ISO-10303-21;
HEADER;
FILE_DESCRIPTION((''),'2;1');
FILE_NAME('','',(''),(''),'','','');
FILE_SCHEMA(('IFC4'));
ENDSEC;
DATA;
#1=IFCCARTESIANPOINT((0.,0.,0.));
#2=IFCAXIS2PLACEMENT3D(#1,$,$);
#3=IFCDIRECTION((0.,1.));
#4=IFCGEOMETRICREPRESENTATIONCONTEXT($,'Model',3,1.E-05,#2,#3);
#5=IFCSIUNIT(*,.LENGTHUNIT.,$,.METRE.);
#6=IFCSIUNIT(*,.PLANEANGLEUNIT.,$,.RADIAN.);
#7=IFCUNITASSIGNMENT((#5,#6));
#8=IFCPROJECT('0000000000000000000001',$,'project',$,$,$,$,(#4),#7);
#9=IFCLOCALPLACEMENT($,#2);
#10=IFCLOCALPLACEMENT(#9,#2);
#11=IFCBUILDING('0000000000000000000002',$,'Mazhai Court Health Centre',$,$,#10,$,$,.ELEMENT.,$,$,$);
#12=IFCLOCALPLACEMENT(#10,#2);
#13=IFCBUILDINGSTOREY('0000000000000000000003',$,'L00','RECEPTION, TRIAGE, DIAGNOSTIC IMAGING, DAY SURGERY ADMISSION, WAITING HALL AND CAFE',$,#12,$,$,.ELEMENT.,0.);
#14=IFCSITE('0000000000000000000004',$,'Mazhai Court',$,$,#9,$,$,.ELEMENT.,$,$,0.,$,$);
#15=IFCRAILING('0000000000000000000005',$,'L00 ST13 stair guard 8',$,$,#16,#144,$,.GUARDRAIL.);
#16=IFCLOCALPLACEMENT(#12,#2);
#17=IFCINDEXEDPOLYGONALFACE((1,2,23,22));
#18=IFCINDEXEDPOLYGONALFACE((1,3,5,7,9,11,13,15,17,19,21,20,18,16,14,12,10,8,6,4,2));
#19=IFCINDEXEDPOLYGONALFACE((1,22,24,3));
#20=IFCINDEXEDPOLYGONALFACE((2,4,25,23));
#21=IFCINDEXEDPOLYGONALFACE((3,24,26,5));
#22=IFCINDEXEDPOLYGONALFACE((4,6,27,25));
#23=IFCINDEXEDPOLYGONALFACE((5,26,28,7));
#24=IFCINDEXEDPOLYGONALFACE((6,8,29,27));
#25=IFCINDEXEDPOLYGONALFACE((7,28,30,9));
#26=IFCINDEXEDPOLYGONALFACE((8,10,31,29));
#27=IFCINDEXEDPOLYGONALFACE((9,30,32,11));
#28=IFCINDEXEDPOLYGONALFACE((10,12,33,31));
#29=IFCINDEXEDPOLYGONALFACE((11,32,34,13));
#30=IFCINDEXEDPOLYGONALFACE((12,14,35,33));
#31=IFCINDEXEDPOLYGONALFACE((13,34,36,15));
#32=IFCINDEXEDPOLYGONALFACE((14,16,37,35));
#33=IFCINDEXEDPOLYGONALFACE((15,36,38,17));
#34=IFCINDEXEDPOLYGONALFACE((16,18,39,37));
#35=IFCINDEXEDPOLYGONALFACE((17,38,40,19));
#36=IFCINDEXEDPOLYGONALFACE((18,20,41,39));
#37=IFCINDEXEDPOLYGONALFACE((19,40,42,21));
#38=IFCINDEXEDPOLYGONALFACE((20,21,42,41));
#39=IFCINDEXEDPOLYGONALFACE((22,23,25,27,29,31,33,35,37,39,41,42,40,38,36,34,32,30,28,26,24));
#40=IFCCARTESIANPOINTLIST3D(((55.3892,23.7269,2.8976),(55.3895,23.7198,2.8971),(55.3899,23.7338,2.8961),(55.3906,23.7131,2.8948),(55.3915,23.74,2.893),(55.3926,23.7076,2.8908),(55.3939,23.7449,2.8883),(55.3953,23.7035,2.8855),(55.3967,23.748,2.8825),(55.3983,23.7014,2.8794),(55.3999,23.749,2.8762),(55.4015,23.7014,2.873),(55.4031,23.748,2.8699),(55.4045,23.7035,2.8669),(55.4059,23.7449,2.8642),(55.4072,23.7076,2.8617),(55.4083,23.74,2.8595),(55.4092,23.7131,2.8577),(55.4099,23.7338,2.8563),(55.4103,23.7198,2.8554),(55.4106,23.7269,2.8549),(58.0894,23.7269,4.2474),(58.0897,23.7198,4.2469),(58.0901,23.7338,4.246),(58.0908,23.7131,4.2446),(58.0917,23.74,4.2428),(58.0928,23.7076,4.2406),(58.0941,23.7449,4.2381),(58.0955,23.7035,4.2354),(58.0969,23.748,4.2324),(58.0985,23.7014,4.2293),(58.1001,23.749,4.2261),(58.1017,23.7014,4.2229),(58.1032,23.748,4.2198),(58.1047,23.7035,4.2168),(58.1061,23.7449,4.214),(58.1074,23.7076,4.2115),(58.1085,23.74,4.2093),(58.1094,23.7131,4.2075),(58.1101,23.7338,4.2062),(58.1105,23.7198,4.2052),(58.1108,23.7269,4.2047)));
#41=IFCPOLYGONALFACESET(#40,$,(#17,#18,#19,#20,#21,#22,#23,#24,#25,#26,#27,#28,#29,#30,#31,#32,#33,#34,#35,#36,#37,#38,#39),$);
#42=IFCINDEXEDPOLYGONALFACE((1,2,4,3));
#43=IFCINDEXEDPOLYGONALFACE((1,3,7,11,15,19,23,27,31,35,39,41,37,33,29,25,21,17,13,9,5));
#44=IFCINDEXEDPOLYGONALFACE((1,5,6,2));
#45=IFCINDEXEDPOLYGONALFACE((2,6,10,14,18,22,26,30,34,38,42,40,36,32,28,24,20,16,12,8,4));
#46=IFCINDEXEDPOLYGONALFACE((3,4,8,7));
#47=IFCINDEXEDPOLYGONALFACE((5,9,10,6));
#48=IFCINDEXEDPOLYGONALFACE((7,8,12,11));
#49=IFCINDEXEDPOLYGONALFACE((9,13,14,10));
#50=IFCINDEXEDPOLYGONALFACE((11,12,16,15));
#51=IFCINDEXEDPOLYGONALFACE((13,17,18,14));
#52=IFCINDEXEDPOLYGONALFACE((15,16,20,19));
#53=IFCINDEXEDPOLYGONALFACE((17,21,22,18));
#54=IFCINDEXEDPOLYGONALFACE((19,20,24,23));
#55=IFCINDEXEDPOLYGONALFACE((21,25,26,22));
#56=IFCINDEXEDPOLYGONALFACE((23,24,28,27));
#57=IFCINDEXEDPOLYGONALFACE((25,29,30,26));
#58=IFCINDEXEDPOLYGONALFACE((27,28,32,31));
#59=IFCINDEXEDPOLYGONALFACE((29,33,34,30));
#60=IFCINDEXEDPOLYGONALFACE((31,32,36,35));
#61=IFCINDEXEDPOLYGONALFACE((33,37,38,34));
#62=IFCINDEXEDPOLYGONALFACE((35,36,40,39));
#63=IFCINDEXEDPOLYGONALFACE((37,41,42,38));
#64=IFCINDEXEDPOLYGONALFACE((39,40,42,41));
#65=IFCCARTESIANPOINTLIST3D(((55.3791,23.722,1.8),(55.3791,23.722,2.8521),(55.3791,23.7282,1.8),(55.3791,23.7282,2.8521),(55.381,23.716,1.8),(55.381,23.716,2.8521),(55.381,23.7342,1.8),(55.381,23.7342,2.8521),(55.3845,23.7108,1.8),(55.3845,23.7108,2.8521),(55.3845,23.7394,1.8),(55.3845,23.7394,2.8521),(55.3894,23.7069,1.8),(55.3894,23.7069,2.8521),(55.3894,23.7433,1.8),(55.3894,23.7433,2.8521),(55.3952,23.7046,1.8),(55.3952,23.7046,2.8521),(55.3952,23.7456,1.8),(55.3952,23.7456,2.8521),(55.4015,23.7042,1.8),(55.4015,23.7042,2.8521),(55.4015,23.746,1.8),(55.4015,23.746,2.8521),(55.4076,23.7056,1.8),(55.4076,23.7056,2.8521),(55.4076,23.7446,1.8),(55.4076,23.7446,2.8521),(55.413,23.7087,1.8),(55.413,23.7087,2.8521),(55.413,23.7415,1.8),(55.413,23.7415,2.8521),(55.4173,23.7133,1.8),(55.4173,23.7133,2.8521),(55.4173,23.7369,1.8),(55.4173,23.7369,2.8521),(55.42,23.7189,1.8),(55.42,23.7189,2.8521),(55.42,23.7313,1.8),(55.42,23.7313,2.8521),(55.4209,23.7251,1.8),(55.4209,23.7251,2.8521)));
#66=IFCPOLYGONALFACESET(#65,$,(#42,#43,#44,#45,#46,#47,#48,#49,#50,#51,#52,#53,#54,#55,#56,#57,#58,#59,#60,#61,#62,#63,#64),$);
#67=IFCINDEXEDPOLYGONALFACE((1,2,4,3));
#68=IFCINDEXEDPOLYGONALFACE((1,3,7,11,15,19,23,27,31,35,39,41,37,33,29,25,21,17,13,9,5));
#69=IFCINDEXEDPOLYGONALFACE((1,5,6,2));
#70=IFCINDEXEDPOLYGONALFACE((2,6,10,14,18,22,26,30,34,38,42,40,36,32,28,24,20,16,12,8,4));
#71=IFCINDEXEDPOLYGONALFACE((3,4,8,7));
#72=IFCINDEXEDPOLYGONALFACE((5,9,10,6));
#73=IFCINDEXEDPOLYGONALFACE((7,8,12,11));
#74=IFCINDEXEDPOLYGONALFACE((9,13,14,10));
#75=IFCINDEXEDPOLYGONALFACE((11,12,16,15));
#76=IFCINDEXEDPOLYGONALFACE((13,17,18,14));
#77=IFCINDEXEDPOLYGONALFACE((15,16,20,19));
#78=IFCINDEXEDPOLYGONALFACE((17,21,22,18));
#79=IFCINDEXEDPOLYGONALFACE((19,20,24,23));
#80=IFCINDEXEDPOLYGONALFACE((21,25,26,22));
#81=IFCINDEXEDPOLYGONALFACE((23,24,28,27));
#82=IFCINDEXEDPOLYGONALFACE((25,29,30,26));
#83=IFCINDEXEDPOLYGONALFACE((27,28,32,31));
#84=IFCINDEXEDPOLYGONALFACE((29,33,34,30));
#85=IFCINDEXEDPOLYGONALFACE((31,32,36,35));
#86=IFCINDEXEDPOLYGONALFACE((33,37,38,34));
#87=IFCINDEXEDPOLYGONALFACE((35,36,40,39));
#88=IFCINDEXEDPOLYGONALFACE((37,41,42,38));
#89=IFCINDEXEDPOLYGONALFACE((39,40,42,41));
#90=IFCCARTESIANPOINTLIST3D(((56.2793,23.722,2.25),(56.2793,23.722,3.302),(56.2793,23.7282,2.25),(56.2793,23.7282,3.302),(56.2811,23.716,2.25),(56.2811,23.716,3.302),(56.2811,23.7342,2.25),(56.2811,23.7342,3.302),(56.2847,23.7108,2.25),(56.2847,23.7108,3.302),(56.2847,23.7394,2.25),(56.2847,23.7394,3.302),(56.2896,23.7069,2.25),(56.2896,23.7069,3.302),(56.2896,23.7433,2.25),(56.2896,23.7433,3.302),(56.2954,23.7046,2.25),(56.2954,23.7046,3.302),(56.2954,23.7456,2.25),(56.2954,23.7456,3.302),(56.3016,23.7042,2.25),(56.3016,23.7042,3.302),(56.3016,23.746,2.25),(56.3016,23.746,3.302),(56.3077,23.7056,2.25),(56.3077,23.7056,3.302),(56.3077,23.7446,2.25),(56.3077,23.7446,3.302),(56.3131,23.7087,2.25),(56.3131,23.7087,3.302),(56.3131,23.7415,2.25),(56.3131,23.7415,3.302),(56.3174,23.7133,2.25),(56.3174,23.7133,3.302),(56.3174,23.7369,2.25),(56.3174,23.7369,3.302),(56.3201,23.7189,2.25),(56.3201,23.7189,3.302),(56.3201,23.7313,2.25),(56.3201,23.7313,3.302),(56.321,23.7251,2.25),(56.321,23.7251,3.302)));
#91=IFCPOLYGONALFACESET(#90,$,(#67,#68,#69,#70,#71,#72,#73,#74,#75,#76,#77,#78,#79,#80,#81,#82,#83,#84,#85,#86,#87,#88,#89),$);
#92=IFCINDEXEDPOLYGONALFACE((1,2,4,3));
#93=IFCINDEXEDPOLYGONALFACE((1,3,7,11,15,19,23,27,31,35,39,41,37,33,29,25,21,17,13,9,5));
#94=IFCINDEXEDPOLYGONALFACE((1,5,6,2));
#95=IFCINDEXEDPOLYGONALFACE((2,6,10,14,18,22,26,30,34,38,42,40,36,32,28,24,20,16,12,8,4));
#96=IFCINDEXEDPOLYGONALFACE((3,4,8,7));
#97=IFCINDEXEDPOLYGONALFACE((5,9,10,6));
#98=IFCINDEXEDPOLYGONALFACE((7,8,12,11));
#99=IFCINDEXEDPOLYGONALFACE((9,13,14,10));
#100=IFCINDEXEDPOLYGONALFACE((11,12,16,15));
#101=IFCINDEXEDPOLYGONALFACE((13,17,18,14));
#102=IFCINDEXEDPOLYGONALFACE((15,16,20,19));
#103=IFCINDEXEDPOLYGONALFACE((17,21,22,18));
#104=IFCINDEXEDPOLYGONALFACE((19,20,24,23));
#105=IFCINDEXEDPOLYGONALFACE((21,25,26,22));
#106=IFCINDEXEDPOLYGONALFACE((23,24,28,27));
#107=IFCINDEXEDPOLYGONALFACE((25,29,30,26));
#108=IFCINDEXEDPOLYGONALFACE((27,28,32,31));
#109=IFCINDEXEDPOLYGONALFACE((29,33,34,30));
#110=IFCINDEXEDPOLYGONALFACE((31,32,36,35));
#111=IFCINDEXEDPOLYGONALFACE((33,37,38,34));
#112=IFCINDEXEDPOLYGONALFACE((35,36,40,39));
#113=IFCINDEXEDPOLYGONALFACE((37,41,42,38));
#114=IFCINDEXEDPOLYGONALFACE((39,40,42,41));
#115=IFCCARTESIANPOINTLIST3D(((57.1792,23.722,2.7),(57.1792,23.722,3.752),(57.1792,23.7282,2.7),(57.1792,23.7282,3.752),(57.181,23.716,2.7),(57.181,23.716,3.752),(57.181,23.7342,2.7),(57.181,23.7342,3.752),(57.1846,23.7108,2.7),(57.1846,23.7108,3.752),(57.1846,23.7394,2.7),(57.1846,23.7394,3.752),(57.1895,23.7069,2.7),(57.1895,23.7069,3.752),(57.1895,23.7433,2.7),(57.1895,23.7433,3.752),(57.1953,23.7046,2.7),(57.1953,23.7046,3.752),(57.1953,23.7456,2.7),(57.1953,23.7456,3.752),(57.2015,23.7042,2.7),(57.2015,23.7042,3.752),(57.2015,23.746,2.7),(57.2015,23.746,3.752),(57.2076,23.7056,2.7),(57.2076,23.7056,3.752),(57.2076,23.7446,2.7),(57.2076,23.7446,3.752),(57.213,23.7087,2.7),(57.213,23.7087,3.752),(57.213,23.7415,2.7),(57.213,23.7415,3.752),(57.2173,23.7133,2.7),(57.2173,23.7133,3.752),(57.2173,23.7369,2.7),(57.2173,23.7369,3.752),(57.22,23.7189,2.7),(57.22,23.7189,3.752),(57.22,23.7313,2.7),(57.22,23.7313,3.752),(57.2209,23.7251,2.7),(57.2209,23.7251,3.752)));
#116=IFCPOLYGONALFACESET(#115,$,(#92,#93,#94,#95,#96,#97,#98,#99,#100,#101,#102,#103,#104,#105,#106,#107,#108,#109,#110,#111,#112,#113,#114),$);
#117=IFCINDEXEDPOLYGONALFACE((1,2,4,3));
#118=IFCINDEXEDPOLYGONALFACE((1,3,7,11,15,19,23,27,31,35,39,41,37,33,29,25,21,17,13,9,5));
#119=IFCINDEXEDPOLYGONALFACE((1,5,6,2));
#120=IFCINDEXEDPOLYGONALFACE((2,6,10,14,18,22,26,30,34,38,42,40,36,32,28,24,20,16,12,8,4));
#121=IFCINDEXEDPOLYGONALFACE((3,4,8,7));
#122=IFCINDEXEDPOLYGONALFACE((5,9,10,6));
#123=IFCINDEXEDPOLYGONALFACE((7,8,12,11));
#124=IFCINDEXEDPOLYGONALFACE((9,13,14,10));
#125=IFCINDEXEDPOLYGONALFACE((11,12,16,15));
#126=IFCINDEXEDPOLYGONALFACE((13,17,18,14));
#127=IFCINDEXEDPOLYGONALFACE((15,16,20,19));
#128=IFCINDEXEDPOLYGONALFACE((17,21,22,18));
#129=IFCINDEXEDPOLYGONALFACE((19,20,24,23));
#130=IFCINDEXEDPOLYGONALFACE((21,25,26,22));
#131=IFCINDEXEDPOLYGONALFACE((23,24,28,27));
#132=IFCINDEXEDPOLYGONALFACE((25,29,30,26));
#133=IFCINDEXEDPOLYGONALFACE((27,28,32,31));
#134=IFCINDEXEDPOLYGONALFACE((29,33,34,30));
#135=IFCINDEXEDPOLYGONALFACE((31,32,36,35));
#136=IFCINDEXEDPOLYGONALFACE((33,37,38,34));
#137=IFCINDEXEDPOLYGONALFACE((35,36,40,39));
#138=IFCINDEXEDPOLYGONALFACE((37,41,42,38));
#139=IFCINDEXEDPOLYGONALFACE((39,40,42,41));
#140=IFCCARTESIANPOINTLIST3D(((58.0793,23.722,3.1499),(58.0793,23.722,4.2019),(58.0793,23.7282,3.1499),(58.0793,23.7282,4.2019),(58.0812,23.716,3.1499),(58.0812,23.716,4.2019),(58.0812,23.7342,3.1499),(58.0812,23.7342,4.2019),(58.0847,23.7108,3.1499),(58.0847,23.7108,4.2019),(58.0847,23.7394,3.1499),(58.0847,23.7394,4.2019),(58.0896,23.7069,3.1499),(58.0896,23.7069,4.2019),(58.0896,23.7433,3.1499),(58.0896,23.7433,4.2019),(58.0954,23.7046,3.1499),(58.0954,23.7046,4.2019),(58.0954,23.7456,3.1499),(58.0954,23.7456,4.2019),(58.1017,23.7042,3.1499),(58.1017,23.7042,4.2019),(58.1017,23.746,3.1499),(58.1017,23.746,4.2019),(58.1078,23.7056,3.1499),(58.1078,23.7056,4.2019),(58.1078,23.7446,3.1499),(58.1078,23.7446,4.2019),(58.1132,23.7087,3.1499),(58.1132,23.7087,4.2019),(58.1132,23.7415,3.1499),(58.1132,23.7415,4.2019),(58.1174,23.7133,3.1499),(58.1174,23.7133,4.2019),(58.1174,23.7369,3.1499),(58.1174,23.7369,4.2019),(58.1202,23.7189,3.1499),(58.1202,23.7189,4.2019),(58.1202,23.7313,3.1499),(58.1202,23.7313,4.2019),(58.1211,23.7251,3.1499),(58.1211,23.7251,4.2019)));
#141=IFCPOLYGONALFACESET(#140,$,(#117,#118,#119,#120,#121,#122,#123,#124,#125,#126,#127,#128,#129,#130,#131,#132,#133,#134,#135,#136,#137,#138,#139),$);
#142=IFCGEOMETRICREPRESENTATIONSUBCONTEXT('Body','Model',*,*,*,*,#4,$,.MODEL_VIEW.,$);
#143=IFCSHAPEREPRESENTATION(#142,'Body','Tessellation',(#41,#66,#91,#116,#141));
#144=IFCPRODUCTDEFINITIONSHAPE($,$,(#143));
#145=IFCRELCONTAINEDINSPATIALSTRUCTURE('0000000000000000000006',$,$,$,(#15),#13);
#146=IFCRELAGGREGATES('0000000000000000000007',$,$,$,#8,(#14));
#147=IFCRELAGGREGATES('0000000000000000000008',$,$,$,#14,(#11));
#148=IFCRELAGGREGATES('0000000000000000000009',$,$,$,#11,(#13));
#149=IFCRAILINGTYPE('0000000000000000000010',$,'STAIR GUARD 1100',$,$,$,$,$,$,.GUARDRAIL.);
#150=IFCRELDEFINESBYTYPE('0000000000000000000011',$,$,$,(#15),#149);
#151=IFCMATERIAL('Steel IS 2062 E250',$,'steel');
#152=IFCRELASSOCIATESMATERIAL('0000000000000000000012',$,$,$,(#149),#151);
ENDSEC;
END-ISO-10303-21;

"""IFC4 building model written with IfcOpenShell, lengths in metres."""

from ifc_helpers import new_model, si_unit, direction, frame, origin, origin_2d, place, context, subcontext, project, spatial, circle, extrude, material, type_object, element, save


model = new_model("IFC4")

# Units and contexts
model_context = context("Model", 3, precision=1e-05, world=origin(), true_north=direction((0.0, 1.0)))
body_context = subcontext(model_context, "Body", "Model", "MODEL_VIEW")
ifc_project = project(units=[si_unit("LENGTHUNIT", "METRE"), si_unit("PLANEANGLEUNIT", "RADIAN")], contexts=[model_context])

# Site, building, storey
site_placement = place(None, origin())
site = spatial("IfcSite", under=ifc_project, at=site_placement, Name="Mazhai Court", CompositionType="ELEMENT", RefElevation=0.0)
building_placement = place(site_placement, origin())
building = spatial("IfcBuilding", under=site, at=building_placement, Name="Mazhai Court Health Centre", CompositionType="ELEMENT")
storey_placement = place(building_placement, origin())
storey = spatial("IfcBuildingStorey", under=building, at=storey_placement, Name="L00", Description="RECEPTION, TRIAGE, DIAGNOSTIC IMAGING, DAY SURGERY ADMISSION, WAITING HALL AND CAFE", CompositionType="ELEMENT", Elevation=0.0)

# Railing
ifc_material_1 = material(Name="Steel IS 2062 E250", Category="steel")
railing_type_1 = type_object("IfcRailingType", Name="STAIR GUARD 1100", PredefinedType="GUARDRAIL", material=ifc_material_1)
for number, where, name in (
    (1, (55.3999, 23.7251, 1.8), "L00 ST13 stair guard 8"),
):
    element("IfcRailing", number, at=place(storey_placement, frame(where)), inside=storey, type_object=railing_type_1, Name=name, PredefinedType="GUARDRAIL", context=body_context, shape_type="SweptSolid", body=[
        extrude(circle(Radius=0.0239, at=origin_2d()), frame((0.0, 0.0, 1.0762), z_axis=(0.89446, 0.0, 0.447149), x_axis=(0.0, 1.0, 0.0)), (0.0, 0.0, 1.0), 3.0188),
        extrude(circle(Radius=0.021, at=origin_2d()), origin(), (0.0, 0.0, 1.0), 1.052),
        extrude(circle(Radius=0.021, at=origin_2d()), frame((0.9001, 0.0, 0.45)), (0.0, 0.0, 1.0), 1.052),
        extrude(circle(Radius=0.021, at=origin_2d()), frame((1.8, 0.0, 0.8999)), (0.0, 0.0, 1.0), 1.052),
        extrude(circle(Radius=0.021, at=origin_2d()), frame((2.7002, 0.0, 1.3499)), (0.0, 0.0, 1.0), 1.052),
    ])

save(model, "model.ifc")
